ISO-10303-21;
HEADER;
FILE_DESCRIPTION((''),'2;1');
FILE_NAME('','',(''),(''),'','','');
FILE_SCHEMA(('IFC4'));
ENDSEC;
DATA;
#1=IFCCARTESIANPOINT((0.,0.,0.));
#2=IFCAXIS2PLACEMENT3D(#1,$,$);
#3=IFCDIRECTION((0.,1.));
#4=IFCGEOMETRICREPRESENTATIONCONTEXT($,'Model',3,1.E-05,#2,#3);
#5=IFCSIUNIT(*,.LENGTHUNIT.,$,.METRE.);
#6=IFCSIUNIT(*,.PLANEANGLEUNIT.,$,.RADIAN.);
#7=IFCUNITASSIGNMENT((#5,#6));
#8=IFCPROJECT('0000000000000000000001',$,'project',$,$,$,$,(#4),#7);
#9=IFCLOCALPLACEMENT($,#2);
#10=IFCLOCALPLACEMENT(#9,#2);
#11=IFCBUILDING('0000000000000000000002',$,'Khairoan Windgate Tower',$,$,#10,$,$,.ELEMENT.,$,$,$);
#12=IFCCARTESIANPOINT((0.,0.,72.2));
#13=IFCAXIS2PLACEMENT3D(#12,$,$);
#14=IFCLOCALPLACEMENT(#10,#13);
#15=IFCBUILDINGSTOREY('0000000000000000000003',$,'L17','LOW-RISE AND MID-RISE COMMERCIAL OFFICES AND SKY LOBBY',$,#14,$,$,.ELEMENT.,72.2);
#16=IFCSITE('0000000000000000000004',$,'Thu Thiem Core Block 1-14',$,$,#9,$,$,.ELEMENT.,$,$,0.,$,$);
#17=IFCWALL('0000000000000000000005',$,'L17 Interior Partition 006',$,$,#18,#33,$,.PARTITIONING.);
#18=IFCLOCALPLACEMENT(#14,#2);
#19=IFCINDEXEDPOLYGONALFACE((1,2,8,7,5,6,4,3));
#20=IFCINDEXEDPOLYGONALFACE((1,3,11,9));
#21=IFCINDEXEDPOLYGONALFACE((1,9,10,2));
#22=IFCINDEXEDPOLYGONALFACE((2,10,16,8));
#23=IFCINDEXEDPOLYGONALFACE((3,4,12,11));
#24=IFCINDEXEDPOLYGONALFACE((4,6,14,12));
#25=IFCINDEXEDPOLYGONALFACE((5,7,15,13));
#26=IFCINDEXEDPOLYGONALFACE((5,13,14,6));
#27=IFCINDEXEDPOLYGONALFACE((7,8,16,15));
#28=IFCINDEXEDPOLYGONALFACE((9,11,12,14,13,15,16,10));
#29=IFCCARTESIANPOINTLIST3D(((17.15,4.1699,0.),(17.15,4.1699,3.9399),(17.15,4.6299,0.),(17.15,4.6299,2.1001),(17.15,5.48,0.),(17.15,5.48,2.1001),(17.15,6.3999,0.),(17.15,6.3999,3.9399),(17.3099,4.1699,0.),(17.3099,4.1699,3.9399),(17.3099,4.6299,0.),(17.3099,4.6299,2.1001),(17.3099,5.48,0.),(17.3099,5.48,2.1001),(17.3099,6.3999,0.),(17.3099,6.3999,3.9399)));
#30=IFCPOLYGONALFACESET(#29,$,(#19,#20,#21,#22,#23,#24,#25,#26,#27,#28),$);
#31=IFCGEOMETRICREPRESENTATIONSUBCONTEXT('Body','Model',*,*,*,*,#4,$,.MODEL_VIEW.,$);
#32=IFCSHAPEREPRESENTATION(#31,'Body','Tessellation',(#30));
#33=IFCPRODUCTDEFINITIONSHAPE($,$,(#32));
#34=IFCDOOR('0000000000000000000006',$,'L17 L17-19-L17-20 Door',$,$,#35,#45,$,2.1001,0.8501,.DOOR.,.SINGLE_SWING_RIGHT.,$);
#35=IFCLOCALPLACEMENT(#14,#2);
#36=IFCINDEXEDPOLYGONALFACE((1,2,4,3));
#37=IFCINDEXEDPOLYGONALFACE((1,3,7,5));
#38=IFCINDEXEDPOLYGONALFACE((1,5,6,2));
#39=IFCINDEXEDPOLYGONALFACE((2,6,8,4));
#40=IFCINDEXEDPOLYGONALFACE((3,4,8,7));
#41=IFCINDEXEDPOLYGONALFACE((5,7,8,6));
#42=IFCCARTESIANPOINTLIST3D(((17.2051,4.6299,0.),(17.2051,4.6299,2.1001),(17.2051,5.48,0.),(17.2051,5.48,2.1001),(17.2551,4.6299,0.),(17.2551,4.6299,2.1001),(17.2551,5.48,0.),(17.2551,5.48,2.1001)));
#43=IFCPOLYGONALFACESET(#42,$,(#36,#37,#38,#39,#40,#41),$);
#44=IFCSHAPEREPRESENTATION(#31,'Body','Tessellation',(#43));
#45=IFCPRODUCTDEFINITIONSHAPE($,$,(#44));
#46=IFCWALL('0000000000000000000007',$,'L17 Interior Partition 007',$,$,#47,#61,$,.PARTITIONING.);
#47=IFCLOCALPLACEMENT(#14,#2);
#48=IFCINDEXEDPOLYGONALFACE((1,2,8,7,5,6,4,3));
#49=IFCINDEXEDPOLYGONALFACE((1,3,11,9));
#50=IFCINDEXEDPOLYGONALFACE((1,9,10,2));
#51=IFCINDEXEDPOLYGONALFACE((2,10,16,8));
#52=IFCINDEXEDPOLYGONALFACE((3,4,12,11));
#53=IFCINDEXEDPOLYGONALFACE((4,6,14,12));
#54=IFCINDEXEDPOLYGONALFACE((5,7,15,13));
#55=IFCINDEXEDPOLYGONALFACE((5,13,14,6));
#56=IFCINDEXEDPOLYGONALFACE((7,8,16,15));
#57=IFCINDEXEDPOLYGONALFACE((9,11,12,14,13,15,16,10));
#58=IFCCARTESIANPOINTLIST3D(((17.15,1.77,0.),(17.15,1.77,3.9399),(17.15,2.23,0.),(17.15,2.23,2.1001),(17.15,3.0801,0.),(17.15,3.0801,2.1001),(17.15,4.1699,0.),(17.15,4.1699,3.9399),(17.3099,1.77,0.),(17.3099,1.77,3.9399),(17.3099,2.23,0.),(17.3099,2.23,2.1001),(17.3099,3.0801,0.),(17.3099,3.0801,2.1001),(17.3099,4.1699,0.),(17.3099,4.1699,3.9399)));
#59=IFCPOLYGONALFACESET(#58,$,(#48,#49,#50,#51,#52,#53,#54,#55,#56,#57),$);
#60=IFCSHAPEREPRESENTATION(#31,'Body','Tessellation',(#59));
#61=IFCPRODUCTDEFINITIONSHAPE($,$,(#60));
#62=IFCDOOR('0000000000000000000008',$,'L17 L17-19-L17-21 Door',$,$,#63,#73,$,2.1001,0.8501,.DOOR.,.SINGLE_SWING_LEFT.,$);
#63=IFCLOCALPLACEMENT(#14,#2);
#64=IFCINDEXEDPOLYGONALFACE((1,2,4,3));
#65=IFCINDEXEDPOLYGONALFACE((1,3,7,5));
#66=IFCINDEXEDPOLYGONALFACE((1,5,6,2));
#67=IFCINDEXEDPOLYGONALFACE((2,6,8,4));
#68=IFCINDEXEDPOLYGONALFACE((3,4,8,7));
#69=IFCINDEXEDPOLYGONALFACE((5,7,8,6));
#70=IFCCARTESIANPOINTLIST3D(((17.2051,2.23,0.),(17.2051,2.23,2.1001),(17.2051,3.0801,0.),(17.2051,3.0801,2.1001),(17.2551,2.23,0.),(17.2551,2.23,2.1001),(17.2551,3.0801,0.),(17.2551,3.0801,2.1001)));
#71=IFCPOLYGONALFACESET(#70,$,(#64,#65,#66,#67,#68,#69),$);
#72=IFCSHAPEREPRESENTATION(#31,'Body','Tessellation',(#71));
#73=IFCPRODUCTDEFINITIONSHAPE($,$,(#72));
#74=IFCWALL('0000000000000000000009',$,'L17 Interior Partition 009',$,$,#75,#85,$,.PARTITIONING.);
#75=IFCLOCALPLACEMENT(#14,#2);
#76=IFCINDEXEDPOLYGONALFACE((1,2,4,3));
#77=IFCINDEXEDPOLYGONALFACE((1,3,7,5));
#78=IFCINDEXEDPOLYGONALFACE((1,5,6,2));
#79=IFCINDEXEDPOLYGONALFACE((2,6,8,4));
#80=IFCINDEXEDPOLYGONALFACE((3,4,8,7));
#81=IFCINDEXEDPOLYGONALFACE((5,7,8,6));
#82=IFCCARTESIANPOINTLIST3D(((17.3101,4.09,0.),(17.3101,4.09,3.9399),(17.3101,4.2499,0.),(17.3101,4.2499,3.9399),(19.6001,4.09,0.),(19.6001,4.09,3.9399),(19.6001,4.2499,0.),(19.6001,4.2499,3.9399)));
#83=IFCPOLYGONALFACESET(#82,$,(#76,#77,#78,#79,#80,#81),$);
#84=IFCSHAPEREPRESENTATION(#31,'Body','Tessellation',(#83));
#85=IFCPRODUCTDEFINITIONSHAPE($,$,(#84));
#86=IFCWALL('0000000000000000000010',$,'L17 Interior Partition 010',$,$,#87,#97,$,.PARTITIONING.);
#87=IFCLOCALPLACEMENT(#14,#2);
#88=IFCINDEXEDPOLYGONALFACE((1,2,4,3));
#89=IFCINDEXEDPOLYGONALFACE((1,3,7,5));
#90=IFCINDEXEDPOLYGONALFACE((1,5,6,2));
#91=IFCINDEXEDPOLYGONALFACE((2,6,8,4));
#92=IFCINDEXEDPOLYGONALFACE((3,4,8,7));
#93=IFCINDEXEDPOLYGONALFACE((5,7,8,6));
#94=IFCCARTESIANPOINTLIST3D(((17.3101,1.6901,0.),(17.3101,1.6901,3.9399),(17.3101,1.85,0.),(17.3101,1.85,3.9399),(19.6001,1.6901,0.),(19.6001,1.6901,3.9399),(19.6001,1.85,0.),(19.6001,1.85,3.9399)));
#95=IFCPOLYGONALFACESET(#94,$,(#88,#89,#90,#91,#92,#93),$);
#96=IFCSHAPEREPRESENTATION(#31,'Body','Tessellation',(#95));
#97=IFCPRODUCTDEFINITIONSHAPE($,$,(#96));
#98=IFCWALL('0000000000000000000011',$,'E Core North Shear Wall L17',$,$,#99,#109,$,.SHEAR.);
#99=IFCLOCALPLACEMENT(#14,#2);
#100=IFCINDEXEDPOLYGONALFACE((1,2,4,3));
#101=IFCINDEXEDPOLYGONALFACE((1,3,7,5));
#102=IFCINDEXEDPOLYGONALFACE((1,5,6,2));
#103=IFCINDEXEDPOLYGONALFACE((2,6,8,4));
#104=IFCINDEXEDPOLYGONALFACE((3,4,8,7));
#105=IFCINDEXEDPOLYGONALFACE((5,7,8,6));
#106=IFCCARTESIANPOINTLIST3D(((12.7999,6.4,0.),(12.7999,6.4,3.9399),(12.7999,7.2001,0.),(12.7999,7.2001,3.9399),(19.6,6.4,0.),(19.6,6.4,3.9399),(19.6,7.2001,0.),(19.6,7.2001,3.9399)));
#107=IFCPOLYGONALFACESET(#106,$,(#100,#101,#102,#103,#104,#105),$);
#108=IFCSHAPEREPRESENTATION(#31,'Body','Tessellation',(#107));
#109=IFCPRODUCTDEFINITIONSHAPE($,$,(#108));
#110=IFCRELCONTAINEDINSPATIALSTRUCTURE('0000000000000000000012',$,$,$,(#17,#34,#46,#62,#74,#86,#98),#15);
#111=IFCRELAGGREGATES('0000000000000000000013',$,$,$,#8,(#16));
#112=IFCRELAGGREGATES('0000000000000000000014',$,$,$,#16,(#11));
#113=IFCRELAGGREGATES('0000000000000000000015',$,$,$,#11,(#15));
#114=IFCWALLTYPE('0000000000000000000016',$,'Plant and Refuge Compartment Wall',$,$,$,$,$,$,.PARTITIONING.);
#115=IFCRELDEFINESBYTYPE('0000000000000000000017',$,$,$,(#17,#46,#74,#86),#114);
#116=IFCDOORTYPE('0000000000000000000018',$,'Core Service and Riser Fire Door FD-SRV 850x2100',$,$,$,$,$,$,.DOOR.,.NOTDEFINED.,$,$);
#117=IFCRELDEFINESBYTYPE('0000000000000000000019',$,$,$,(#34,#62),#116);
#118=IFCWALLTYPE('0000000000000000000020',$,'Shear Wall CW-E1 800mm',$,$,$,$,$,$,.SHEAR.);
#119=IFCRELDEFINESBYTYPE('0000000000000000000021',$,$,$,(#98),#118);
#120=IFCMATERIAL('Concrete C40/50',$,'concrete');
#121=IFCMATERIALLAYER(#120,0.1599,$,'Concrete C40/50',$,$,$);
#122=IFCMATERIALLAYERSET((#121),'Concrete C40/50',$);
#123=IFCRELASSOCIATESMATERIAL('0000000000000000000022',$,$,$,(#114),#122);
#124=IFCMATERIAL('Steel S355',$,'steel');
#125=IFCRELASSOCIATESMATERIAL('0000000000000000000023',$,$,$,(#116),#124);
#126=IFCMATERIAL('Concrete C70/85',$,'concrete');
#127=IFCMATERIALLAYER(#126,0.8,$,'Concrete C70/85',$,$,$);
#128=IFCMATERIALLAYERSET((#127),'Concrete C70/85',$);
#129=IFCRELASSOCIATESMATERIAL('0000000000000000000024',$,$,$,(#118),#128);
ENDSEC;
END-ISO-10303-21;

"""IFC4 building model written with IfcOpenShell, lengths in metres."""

from ifc_helpers import new_model, si_unit, direction, frame, frame_2d, origin, place, context, subcontext, project, spatial, rectangle, extrude, material, layer, layer_set, type_object, element, fill, save


model = new_model("IFC4")

# Units and contexts
model_context = context("Model", 3, precision=1e-05, world=origin(), true_north=direction((0.0, 1.0)))
body_context = subcontext(model_context, "Body", "Model", "MODEL_VIEW")
ifc_project = project(units=[si_unit("LENGTHUNIT", "METRE"), si_unit("PLANEANGLEUNIT", "RADIAN")], contexts=[model_context])

# Site, building, storey
site_placement = place(None, origin())
site = spatial("IfcSite", under=ifc_project, at=site_placement, Name="Thu Thiem Core Block 1-14", CompositionType="ELEMENT", RefElevation=0.0)
building_placement = place(site_placement, origin())
building = spatial("IfcBuilding", under=site, at=building_placement, Name="Khairoan Windgate Tower", CompositionType="ELEMENT")
storey_placement = place(building_placement, frame((0.0, 0.0, 72.2)))
storey = spatial("IfcBuildingStorey", under=building, at=storey_placement, Name="L17", Description="LOW-RISE AND MID-RISE COMMERCIAL OFFICES AND SKY LOBBY", CompositionType="ELEMENT", Elevation=72.2)

# Walls, openings, doors
ifc_material_1 = material(Name="Concrete C40/50", Category="concrete")
ifc_layer_1 = layer(ifc_material_1, 0.1599, Name="Concrete C40/50")
ifc_layer_set_1 = layer_set([ifc_layer_1], Name="Concrete C40/50")
wall_type_1 = type_object("IfcWallType", Name="Plant and Refuge Compartment Wall", PredefinedType="PARTITIONING", material=ifc_layer_set_1)
wall_1_placement = place(storey_placement, frame((17.23, 4.1699, 0.0), z_axis=(0.0, 0.0, 1.0), x_axis=(0.0, 1.0, 0.0)))
wall_1 = element("IfcWall", 1, at=wall_1_placement, inside=storey, type_object=wall_type_1, Name="L17 Interior Partition 006", PredefinedType="PARTITIONING", context=body_context, shape_type="SweptSolid", body=[
    extrude(rectangle(XDim=2.23, YDim=0.1599, at=frame_2d((1.115, 0.0))), origin(), (0.0, 0.0, 1.0), 3.9399),
])
opening_1_placement = place(wall_1_placement, frame((0.46, 0.0, 0.0)))
opening_1 = element("IfcOpeningElement", 2, at=opening_1_placement, cuts=wall_1, PredefinedType="OPENING", context=body_context, shape_type="SweptSolid", body=[
    extrude(rectangle(XDim=0.8501, YDim=2.1001, at=frame_2d((0.425, 1.05))), frame((0.0, 0.0898, 0.0), z_axis=(0.0, -1.0, 0.0), x_axis=(1.0, 0.0, 0.0)), (0.0, 0.0, 1.0), 0.1799),
])
ifc_material_2 = material(Name="Steel S355", Category="steel")
door_type = type_object("IfcDoorType", Name="Core Service and Riser Fire Door FD-SRV 850x2100", OperationType="NOTDEFINED", PredefinedType="DOOR", material=ifc_material_2)
door_1_placement = place(opening_1_placement, origin())
door_1 = element("IfcDoor", 3, at=door_1_placement, inside=storey, type_object=door_type, Name="L17 L17-19-L17-20 Door", OperationType="SINGLE_SWING_RIGHT", OverallHeight=2.1001, OverallWidth=0.8501, PredefinedType="DOOR", context=body_context, shape_type="SweptSolid", body=[
    extrude(rectangle(XDim=0.8501, YDim=2.1001, at=frame_2d((0.425, 1.05))), frame((0.0, 0.0249, 0.0), z_axis=(0.0, -1.0, 0.0), x_axis=(1.0, 0.0, 0.0)), (0.0, 0.0, 1.0), 0.05),
])
fill(opening_1, door_1)
wall_2_placement = place(storey_placement, frame((17.23, 1.77, 0.0), z_axis=(0.0, 0.0, 1.0), x_axis=(0.0, 1.0, 0.0)))
wall_2 = element("IfcWall", 4, at=wall_2_placement, inside=storey, type_object=wall_type_1, Name="L17 Interior Partition 007", PredefinedType="PARTITIONING", context=body_context, shape_type="SweptSolid", body=[
    extrude(rectangle(XDim=2.3999, YDim=0.1599, at=frame_2d((1.2, 0.0))), origin(), (0.0, 0.0, 1.0), 3.9399),
])
opening_2_placement = place(wall_2_placement, frame((0.46, 0.0, 0.0)))
opening_2 = element("IfcOpeningElement", 5, at=opening_2_placement, cuts=wall_2, PredefinedType="OPENING", context=body_context, shape_type="SweptSolid", body=[
    extrude(rectangle(XDim=0.8501, YDim=2.1001, at=frame_2d((0.425, 1.05))), frame((0.0, 0.0898, 0.0), z_axis=(0.0, -1.0, 0.0), x_axis=(1.0, 0.0, 0.0)), (0.0, 0.0, 1.0), 0.1799),
])
door_2_placement = place(opening_2_placement, origin())
door_2 = element("IfcDoor", 6, at=door_2_placement, inside=storey, type_object=door_type, Name="L17 L17-19-L17-21 Door", OperationType="SINGLE_SWING_LEFT", OverallHeight=2.1001, OverallWidth=0.8501, PredefinedType="DOOR", context=body_context, shape_type="SweptSolid", body=[
    extrude(rectangle(XDim=0.8501, YDim=2.1001, at=frame_2d((0.425, 1.05))), frame((0.0, 0.0249, 0.0), z_axis=(0.0, -1.0, 0.0), x_axis=(1.0, 0.0, 0.0)), (0.0, 0.0, 1.0), 0.05),
])
fill(opening_2, door_2)

# Walls
for number, where, z_axis, x_axis, name in (
    (7, (17.3101, 4.1699, 0.0), (0.0, 0.0, 1.0), (1.0, 0.0, 0.0), "L17 Interior Partition 009"),
    (8, (17.3101, 1.77, 0.0), (0.0, 0.0, 1.0), (1.0, 0.0, 0.0), "L17 Interior Partition 010"),
):
    element("IfcWall", number, at=place(storey_placement, frame(where, z_axis=z_axis, x_axis=x_axis)), inside=storey, type_object=wall_type_1, Name=name, PredefinedType="PARTITIONING", context=body_context, shape_type="SweptSolid", body=[
        extrude(rectangle(XDim=2.29, YDim=0.1599, at=frame_2d((1.145, 0.0))), origin(), (0.0, 0.0, 1.0), 3.9399),
    ])
ifc_material_3 = material(Name="Concrete C70/85", Category="concrete")
ifc_layer_2 = layer(ifc_material_3, 0.8, Name="Concrete C70/85")
ifc_layer_set_2 = layer_set([ifc_layer_2], Name="Concrete C70/85")
wall_type_2 = type_object("IfcWallType", Name="Shear Wall CW-E1 800mm", PredefinedType="SHEAR", material=ifc_layer_set_2)
wall_3_placement = place(storey_placement, frame((12.8, 6.8, 0.0), z_axis=(0.0, 0.0, 1.0), x_axis=(1.0, 0.0, 0.0)))
element("IfcWall", 9, at=wall_3_placement, inside=storey, type_object=wall_type_2, Name="E Core North Shear Wall L17", PredefinedType="SHEAR", context=body_context, shape_type="SweptSolid", body=[
    extrude(rectangle(XDim=6.8, YDim=0.8, at=frame_2d((3.3999, 0.0))), origin(), (0.0, 0.0, 1.0), 3.9399),
])

save(model, "model.ifc")
